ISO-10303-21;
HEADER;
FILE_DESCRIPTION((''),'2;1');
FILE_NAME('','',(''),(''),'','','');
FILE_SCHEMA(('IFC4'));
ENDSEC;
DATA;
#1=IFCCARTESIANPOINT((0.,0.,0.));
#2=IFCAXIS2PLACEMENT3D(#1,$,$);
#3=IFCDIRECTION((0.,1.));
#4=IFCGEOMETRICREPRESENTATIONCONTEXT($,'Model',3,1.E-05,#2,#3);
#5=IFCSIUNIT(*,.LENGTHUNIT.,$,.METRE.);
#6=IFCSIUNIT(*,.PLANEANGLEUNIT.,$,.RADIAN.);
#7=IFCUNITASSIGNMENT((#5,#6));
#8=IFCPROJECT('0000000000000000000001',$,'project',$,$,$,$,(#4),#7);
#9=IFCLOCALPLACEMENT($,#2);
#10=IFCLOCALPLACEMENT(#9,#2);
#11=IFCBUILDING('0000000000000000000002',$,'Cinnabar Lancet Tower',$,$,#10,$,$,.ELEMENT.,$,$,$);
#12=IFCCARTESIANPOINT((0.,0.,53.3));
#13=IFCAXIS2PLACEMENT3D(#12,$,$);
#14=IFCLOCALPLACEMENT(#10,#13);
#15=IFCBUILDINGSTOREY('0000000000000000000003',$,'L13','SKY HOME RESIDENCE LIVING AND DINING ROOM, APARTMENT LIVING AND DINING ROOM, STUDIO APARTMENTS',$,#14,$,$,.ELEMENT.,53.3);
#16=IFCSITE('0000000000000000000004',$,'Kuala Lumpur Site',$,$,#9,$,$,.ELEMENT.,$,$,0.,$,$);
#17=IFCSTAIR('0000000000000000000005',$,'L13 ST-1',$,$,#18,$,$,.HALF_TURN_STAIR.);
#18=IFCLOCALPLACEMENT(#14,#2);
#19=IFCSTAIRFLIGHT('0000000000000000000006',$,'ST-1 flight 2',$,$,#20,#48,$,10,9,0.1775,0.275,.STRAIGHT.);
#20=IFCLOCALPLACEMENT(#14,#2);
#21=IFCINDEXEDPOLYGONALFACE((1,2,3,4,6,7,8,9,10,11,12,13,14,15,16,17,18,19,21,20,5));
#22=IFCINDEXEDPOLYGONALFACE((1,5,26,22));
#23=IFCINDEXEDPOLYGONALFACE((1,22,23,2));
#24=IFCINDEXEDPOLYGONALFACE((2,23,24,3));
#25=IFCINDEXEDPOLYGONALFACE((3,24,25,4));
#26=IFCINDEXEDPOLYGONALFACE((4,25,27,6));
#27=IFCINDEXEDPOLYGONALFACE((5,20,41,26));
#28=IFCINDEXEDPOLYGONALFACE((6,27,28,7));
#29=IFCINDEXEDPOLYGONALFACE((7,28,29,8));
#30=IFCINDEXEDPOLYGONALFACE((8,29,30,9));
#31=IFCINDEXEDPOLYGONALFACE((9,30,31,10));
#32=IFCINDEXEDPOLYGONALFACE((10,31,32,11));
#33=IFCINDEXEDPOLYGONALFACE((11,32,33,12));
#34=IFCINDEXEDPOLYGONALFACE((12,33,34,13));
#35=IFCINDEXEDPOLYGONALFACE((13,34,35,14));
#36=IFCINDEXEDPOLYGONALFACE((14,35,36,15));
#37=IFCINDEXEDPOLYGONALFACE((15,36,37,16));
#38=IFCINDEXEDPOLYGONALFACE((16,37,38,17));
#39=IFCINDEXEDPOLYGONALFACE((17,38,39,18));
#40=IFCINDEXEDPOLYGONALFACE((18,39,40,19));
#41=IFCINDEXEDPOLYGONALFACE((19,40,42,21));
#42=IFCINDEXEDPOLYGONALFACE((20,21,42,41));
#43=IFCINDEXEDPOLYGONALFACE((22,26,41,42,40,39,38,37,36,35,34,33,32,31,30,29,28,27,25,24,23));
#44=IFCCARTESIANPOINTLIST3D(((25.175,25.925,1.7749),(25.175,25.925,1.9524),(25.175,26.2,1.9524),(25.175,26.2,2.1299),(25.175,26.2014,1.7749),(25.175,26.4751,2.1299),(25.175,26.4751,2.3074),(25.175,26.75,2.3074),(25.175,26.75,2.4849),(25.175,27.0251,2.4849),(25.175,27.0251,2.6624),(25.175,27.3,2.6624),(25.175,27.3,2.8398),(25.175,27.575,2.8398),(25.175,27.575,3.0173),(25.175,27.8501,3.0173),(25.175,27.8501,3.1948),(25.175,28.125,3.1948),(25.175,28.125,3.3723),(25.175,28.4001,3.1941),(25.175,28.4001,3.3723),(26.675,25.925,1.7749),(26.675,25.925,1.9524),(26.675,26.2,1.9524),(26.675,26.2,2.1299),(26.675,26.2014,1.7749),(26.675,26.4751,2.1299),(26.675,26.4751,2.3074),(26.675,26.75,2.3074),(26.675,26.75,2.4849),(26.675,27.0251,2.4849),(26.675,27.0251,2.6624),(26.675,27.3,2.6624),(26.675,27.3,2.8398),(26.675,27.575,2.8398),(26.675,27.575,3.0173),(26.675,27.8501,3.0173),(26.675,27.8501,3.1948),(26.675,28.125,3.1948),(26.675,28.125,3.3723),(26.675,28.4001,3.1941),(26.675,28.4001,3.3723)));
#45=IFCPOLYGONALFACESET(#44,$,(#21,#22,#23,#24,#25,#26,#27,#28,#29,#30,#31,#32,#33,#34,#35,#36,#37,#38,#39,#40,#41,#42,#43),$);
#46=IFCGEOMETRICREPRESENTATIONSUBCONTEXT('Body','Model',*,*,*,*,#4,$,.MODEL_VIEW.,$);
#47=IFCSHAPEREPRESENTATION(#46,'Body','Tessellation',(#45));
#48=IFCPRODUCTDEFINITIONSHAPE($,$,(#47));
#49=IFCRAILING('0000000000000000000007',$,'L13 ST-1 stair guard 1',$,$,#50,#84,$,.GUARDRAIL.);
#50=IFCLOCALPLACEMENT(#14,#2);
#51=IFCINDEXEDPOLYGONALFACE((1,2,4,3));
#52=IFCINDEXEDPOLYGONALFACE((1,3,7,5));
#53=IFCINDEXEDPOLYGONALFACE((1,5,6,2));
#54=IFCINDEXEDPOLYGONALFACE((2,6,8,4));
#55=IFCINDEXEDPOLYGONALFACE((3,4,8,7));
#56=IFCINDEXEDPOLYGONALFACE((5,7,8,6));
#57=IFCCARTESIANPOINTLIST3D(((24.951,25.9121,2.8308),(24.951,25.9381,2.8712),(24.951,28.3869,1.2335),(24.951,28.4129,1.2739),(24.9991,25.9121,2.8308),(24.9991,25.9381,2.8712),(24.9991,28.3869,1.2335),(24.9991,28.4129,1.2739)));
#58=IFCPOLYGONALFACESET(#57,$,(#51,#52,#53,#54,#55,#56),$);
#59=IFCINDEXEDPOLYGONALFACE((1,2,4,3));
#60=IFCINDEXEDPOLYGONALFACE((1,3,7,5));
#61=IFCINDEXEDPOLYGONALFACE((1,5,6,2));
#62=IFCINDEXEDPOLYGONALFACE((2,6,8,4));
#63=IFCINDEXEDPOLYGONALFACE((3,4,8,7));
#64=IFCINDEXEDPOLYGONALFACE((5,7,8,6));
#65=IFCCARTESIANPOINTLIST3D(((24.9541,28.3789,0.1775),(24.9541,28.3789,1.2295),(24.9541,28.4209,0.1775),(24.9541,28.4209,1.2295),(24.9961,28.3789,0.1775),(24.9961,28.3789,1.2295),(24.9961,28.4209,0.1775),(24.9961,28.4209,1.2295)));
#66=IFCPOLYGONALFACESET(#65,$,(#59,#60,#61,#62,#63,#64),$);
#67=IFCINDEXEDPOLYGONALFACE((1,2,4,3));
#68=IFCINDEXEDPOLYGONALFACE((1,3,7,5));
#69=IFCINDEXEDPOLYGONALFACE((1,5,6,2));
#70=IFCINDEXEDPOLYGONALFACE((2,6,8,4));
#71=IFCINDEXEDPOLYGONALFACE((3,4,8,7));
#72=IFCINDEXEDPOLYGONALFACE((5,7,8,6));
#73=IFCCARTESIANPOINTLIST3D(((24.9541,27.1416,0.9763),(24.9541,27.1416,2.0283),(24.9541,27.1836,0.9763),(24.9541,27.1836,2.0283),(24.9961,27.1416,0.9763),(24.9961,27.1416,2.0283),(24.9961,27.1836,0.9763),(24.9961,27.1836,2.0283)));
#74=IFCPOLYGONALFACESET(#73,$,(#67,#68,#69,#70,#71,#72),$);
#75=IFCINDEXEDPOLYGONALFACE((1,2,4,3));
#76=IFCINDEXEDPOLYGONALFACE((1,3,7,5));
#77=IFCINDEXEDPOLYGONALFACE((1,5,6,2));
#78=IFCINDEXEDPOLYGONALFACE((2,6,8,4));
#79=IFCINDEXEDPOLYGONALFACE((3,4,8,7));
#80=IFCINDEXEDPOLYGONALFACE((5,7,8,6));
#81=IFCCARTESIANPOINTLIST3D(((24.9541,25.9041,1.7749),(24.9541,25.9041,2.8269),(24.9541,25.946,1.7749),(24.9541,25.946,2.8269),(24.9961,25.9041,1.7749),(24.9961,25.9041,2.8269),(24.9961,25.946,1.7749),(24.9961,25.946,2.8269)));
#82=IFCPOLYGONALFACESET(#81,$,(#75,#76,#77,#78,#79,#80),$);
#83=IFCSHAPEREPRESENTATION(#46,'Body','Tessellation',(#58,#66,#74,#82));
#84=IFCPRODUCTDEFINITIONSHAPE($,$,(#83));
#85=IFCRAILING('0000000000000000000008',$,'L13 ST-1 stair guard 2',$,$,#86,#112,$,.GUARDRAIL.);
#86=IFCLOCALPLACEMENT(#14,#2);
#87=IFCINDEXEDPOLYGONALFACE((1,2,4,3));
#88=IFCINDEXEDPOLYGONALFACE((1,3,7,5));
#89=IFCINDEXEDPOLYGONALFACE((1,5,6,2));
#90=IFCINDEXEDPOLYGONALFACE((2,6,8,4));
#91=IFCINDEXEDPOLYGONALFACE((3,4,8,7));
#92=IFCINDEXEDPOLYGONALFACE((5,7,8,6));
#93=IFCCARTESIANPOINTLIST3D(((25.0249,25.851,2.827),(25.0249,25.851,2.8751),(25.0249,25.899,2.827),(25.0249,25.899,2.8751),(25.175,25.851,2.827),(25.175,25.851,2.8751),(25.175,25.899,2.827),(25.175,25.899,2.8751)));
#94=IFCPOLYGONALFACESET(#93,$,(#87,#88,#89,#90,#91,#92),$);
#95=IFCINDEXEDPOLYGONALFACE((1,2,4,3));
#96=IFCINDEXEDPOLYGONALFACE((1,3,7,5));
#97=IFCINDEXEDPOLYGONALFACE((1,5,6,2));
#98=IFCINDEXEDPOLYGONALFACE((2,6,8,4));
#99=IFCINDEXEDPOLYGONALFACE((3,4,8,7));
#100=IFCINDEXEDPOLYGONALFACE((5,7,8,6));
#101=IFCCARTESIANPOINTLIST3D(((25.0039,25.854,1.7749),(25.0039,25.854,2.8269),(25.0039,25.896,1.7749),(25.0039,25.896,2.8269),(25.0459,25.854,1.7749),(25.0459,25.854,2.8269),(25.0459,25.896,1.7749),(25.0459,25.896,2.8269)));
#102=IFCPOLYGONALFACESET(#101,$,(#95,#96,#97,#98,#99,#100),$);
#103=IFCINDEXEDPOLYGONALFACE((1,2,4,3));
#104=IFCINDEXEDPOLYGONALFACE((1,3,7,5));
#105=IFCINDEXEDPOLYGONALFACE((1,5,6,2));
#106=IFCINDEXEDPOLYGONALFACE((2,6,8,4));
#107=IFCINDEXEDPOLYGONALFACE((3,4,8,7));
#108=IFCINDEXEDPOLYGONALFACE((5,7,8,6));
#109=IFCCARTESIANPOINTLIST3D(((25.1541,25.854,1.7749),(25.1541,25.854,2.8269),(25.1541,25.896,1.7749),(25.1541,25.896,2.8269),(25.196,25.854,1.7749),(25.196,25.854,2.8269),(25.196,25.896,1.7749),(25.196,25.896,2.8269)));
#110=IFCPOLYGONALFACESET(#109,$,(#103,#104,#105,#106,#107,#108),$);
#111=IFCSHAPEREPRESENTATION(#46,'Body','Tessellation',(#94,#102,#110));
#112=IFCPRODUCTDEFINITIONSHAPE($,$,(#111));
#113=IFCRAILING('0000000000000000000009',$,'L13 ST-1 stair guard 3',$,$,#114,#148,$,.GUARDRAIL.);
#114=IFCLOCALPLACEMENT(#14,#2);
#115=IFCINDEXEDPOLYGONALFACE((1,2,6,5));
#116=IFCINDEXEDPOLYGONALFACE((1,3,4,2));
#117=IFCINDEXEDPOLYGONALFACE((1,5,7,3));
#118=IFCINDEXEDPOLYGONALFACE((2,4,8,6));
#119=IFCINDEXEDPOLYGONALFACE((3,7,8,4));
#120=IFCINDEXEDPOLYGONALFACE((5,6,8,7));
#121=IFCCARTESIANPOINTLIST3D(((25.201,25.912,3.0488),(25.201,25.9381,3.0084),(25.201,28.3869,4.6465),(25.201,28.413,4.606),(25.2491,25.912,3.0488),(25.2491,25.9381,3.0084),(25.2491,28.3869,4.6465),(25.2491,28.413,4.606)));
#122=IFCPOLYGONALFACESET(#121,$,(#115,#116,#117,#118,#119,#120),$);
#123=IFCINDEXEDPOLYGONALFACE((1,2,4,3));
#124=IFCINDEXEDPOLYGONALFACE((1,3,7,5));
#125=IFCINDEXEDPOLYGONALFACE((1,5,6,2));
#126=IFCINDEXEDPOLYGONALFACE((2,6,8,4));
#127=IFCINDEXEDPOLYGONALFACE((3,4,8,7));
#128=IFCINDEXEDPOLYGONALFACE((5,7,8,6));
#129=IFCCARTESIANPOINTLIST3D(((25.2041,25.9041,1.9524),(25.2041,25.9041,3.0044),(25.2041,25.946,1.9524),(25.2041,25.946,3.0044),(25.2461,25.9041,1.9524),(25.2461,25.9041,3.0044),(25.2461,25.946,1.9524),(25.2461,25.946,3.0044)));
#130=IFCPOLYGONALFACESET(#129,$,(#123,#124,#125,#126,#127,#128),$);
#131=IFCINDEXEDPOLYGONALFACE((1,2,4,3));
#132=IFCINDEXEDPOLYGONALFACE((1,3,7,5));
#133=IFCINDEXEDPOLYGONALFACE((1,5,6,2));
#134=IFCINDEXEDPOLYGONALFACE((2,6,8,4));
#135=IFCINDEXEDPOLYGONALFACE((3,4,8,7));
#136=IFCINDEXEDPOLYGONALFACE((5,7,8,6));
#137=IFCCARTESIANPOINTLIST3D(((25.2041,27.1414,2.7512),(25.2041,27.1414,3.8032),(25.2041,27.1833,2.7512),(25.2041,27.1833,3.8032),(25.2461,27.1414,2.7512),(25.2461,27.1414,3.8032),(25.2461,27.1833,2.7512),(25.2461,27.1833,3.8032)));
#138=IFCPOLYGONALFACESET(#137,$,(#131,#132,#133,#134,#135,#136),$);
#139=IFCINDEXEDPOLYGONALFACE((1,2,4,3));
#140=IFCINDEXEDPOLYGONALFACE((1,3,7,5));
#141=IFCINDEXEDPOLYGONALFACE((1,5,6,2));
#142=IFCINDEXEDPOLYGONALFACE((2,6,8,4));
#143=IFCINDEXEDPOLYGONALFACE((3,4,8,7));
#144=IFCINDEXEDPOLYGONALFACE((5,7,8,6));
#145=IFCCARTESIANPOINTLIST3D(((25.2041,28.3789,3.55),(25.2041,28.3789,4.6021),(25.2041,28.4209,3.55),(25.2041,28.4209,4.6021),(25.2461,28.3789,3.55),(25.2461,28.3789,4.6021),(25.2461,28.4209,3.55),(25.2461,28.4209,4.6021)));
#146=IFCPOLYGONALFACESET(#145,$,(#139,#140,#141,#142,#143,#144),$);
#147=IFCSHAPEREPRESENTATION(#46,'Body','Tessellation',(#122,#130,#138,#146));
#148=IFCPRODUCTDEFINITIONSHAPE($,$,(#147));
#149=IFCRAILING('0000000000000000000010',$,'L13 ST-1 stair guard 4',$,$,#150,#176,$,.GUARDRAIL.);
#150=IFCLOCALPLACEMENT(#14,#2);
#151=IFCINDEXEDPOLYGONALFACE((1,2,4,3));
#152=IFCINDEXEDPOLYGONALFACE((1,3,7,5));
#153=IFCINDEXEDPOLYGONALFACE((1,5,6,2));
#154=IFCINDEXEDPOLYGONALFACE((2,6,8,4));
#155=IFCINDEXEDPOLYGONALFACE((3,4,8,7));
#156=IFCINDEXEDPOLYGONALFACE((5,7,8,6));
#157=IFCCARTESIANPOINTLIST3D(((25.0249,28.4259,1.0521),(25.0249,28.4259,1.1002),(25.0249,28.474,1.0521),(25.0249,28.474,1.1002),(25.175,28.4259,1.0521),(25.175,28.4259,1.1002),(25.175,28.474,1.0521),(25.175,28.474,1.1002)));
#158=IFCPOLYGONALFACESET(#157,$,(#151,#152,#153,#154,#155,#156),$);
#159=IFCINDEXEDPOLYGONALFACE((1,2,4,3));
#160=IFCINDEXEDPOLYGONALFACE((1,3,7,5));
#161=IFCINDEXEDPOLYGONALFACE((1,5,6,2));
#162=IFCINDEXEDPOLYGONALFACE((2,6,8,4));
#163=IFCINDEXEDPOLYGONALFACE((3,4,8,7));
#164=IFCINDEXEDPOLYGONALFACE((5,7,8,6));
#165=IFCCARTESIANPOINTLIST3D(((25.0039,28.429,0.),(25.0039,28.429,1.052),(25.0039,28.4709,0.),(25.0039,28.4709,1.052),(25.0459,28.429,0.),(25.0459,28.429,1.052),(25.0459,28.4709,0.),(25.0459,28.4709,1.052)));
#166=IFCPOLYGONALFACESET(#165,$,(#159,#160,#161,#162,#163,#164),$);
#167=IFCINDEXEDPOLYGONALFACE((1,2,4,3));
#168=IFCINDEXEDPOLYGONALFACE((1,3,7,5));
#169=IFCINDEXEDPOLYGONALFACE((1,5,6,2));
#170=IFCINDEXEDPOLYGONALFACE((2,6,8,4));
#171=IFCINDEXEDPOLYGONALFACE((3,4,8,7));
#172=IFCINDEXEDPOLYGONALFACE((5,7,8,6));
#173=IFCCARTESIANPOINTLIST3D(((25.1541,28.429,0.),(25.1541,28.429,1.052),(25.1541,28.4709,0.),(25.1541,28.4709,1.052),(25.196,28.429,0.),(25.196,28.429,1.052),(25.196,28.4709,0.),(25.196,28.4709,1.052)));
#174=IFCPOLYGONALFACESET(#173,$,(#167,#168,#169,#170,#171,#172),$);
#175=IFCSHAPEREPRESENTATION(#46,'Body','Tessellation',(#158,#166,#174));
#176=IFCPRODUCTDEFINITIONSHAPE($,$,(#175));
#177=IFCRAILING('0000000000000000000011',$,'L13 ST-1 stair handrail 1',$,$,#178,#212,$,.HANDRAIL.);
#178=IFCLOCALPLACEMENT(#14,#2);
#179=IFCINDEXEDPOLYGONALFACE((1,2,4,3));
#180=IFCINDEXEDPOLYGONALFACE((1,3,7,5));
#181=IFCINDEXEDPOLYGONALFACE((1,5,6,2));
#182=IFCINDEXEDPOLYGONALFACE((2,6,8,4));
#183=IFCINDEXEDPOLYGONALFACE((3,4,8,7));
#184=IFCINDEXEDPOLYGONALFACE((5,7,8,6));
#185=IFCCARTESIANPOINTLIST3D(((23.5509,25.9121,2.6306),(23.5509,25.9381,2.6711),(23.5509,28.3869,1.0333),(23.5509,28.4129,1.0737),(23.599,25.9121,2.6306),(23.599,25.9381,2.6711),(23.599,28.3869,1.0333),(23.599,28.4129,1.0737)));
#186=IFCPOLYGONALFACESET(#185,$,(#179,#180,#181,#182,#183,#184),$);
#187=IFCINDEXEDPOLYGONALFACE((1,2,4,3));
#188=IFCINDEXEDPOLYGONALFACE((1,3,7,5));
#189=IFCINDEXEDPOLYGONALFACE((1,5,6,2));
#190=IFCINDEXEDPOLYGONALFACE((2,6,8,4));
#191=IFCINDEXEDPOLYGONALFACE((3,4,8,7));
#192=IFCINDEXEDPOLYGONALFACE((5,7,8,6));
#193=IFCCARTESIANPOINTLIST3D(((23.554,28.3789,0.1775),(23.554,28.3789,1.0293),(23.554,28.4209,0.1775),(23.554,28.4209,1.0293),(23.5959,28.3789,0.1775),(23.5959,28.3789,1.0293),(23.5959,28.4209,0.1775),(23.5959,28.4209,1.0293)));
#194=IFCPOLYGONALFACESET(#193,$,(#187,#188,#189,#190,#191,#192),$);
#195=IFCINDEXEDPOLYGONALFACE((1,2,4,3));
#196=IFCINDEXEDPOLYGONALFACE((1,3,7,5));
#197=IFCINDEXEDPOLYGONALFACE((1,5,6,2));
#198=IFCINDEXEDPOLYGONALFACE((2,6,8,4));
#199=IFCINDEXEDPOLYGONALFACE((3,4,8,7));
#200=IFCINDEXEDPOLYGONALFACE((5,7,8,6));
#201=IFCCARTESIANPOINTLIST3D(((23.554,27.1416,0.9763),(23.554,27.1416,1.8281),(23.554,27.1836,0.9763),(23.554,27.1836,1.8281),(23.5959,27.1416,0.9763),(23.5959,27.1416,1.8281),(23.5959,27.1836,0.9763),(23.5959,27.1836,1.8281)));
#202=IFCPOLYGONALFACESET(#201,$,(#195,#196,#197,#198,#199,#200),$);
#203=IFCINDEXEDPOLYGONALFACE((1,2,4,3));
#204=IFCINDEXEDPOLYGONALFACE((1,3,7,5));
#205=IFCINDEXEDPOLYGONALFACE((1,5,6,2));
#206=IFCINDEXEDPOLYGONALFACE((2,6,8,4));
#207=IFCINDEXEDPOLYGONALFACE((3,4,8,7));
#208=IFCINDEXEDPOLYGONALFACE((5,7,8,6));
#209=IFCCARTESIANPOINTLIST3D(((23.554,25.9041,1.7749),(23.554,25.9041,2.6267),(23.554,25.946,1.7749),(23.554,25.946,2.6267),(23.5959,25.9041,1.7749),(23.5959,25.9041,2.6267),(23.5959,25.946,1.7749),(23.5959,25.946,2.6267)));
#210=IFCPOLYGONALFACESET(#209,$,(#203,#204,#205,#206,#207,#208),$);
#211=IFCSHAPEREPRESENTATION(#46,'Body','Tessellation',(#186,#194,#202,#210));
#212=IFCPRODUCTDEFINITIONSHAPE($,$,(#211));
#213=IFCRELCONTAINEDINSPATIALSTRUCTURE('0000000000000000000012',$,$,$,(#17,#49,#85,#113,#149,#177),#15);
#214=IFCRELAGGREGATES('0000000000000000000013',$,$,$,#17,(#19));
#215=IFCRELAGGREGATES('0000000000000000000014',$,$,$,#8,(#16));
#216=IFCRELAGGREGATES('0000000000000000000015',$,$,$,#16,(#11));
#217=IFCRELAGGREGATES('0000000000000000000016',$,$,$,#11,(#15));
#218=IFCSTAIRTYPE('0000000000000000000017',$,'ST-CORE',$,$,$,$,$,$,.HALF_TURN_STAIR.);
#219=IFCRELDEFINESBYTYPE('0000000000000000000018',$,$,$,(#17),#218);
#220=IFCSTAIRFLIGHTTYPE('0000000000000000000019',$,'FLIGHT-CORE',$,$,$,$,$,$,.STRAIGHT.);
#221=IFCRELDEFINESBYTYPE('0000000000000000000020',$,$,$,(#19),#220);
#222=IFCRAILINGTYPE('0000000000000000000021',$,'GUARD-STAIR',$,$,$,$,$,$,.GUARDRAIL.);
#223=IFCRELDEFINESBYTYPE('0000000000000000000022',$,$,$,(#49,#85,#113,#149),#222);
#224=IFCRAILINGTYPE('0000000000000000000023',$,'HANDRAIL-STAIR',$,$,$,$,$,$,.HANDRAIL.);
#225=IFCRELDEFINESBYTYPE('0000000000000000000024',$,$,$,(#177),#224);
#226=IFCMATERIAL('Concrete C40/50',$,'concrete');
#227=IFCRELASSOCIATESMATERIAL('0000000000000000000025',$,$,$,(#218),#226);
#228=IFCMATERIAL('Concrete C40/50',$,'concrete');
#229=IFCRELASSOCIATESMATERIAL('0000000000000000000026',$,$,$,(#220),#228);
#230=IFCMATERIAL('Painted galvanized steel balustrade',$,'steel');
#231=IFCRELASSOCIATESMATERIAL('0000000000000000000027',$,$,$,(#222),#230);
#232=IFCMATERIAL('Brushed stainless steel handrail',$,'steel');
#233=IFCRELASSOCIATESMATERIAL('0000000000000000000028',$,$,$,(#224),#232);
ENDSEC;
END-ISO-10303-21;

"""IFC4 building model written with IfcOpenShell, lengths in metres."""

from ifc_helpers import new_model, si_unit, direction, frame, origin, origin_2d, place, context, subcontext, project, spatial, polyline, rectangle, outline, extrude, material, type_object, element, aggregate, save


model = new_model("IFC4")

# Units and contexts
model_context = context("Model", 3, precision=1e-05, world=origin(), true_north=direction((0.0, 1.0)))
body_context = subcontext(model_context, "Body", "Model", "MODEL_VIEW")
ifc_project = project(units=[si_unit("LENGTHUNIT", "METRE"), si_unit("PLANEANGLEUNIT", "RADIAN")], contexts=[model_context])

# Site, building, storey
site_placement = place(None, origin())
site = spatial("IfcSite", under=ifc_project, at=site_placement, Name="Kuala Lumpur Site", CompositionType="ELEMENT", RefElevation=0.0)
building_placement = place(site_placement, origin())
building = spatial("IfcBuilding", under=site, at=building_placement, Name="Cinnabar Lancet Tower", CompositionType="ELEMENT")
storey_placement = place(building_placement, frame((0.0, 0.0, 53.3)))
storey = spatial("IfcBuildingStorey", under=building, at=storey_placement, Name="L13", Description="SKY HOME RESIDENCE LIVING AND DINING ROOM, APARTMENT LIVING AND DINING ROOM, STUDIO APARTMENTS", CompositionType="ELEMENT", Elevation=53.3)

# Stair, stair flight
ifc_material_1 = material(Name="Concrete C40/50", Category="concrete")
stair_type = type_object("IfcStairType", Name="ST-CORE", PredefinedType="HALF_TURN_STAIR", material=ifc_material_1)
stair_placement = place(storey_placement, origin())
stair = element("IfcStair", 1, at=stair_placement, inside=storey, type_object=stair_type, Name="L13 ST-1", PredefinedType="HALF_TURN_STAIR")
ifc_material_2 = material(Name="Concrete C40/50", Category="concrete")
stair_flight_type = type_object("IfcStairFlightType", Name="FLIGHT-CORE", PredefinedType="STRAIGHT", material=ifc_material_2)
stair_flight_1_placement = place(storey_placement, frame((25.925, 25.925, 1.7749), z_axis=(0.0, 0.0, 1.0), x_axis=(0.0, 1.0, 0.0)))
stair_flight_1 = element("IfcStairFlight", 2, at=stair_flight_1_placement, type_object=stair_flight_type, Name="ST-1 flight 2", NumberOfRisers=10, NumberOfTreads=9, PredefinedType="STRAIGHT", RiserHeight=0.1775, TreadLength=0.275, context=body_context, shape_type="SweptSolid", body=[
    extrude(outline(polyline([(0.0, 0.0), (0.0, 0.1775), (0.2749, 0.1775), (0.2749, 0.355), (0.55, 0.355), (0.55, 0.5325), (0.825, 0.5325), (0.825, 0.71), (1.1001, 0.71), (1.1001, 0.8875), (1.375, 0.8875), (1.375, 1.0649), (1.6499, 1.0649), (1.6499, 1.2424), (1.925, 1.2424), (1.925, 1.4199), (2.2, 1.4199), (2.2, 1.5974), (2.4751, 1.5974), (2.4751, 1.7749), (2.4751, 1.4192), (0.2764, 0.0), (0.0, 0.0)])), frame((0.0, 0.75, 0.0), z_axis=(0.0, -1.0, 0.0), x_axis=(1.0, 0.0, 0.0)), (0.0, 0.0, 1.0), 1.5),
])
aggregate(stair, [stair_flight_1])

# Railings
ifc_material_3 = material(Name="Painted galvanized steel balustrade", Category="steel")
railing_type_1 = type_object("IfcRailingType", Name="GUARD-STAIR", PredefinedType="GUARDRAIL", material=ifc_material_3)
railing_1_placement = place(storey_placement, frame((24.9751, 28.3999, 0.1775)))
element("IfcRailing", 3, at=railing_1_placement, inside=storey, type_object=railing_type_1, Name="L13 ST-1 stair guard 1", PredefinedType="GUARDRAIL", context=body_context, shape_type="SweptSolid", body=[
    extrude(rectangle(XDim=0.0481, YDim=0.0481, at=origin_2d()), frame((0.0, 0.0, 1.0762), z_axis=(0.0, -0.840183, 0.542302), x_axis=(1.0, 0.0, 0.0)), (0.0, 0.0, 1.0), 2.9456),
    extrude(rectangle(XDim=0.042, YDim=0.042, at=origin_2d()), origin(), (0.0, 0.0, 1.0), 1.052),
    extrude(rectangle(XDim=0.042, YDim=0.042, at=origin_2d()), frame((0.0, -1.2373, 0.7988)), (0.0, 0.0, 1.0), 1.052),
    extrude(rectangle(XDim=0.042, YDim=0.042, at=origin_2d()), frame((0.0, -2.4749, 1.5974)), (0.0, 0.0, 1.0), 1.052),
])
railing_2_placement = place(storey_placement, frame((25.0249, 25.875, 1.7749)))
element("IfcRailing", 4, at=railing_2_placement, inside=storey, type_object=railing_type_1, Name="L13 ST-1 stair guard 2", PredefinedType="GUARDRAIL", context=body_context, shape_type="SweptSolid", body=[
    extrude(rectangle(XDim=0.0481, YDim=0.0481, at=origin_2d()), frame((0.0, 0.0, 1.0762), z_axis=(1.0, 0.0, 0.0), x_axis=(0.0, 1.0, 0.0)), (0.0, 0.0, 1.0), 0.1501),
    extrude(rectangle(XDim=0.042, YDim=0.042, at=origin_2d()), origin(), (0.0, 0.0, 1.0), 1.052),
    extrude(rectangle(XDim=0.042, YDim=0.042, at=origin_2d()), frame((0.1501, 0.0, 0.0)), (0.0, 0.0, 1.0), 1.052),
])
railing_3_placement = place(storey_placement, frame((25.2251, 25.925, 1.9524)))
element("IfcRailing", 5, at=railing_3_placement, inside=storey, type_object=railing_type_1, Name="L13 ST-1 stair guard 3", PredefinedType="GUARDRAIL", context=body_context, shape_type="SweptSolid", body=[
    extrude(rectangle(XDim=0.0481, YDim=0.0481, at=origin_2d()), frame((0.0, 0.0, 1.0762), z_axis=(0.0, 0.840146, 0.542361), x_axis=(-1.0, 0.0, 0.0)), (0.0, 0.0, 1.0), 2.9458),
    extrude(rectangle(XDim=0.042, YDim=0.042, at=origin_2d()), origin(), (0.0, 0.0, 1.0), 1.052),
    extrude(rectangle(XDim=0.042, YDim=0.042, at=origin_2d()), frame((0.0, 1.2373, 0.7988)), (0.0, 0.0, 1.0), 1.052),
    extrude(rectangle(XDim=0.042, YDim=0.042, at=origin_2d()), frame((0.0, 2.4749, 1.5977)), (0.0, 0.0, 1.0), 1.052),
])
railing_4_placement = place(storey_placement, frame((25.0249, 28.45, 0.0)))
element("IfcRailing", 6, at=railing_4_placement, inside=storey, type_object=railing_type_1, Name="L13 ST-1 stair guard 4", PredefinedType="GUARDRAIL", context=body_context, shape_type="SweptSolid", body=[
    extrude(rectangle(XDim=0.0481, YDim=0.0481, at=origin_2d()), frame((0.0, 0.0, 1.0762), z_axis=(1.0, 0.0, 0.0), x_axis=(0.0, 1.0, 0.0)), (0.0, 0.0, 1.0), 0.1501),
    extrude(rectangle(XDim=0.042, YDim=0.042, at=origin_2d()), origin(), (0.0, 0.0, 1.0), 1.052),
    extrude(rectangle(XDim=0.042, YDim=0.042, at=origin_2d()), frame((0.1501, 0.0, 0.0)), (0.0, 0.0, 1.0), 1.052),
])
ifc_material_4 = material(Name="Brushed stainless steel handrail", Category="steel")
railing_type_2 = type_object("IfcRailingType", Name="HANDRAIL-STAIR", PredefinedType="HANDRAIL", material=ifc_material_4)
railing_5_placement = place(storey_placement, frame((23.575, 28.3999, 0.1775)))
element("IfcRailing", 7, at=railing_5_placement, inside=storey, type_object=railing_type_2, Name="L13 ST-1 stair handrail 1", PredefinedType="HANDRAIL", context=body_context, shape_type="SweptSolid", body=[
    extrude(rectangle(XDim=0.0481, YDim=0.0481, at=origin_2d()), frame((0.0, 0.0, 0.876), z_axis=(0.0, -0.840183, 0.542302), x_axis=(1.0, 0.0, 0.0)), (0.0, 0.0, 1.0), 2.9456),
    extrude(rectangle(XDim=0.042, YDim=0.042, at=origin_2d()), origin(), (0.0, 0.0, 1.0), 0.8518),
    extrude(rectangle(XDim=0.042, YDim=0.042, at=origin_2d()), frame((0.0, -1.2373, 0.7988)), (0.0, 0.0, 1.0), 0.8518),
    extrude(rectangle(XDim=0.042, YDim=0.042, at=origin_2d()), frame((0.0, -2.4749, 1.5974)), (0.0, 0.0, 1.0), 0.8518),
])

save(model, "model.ifc")
